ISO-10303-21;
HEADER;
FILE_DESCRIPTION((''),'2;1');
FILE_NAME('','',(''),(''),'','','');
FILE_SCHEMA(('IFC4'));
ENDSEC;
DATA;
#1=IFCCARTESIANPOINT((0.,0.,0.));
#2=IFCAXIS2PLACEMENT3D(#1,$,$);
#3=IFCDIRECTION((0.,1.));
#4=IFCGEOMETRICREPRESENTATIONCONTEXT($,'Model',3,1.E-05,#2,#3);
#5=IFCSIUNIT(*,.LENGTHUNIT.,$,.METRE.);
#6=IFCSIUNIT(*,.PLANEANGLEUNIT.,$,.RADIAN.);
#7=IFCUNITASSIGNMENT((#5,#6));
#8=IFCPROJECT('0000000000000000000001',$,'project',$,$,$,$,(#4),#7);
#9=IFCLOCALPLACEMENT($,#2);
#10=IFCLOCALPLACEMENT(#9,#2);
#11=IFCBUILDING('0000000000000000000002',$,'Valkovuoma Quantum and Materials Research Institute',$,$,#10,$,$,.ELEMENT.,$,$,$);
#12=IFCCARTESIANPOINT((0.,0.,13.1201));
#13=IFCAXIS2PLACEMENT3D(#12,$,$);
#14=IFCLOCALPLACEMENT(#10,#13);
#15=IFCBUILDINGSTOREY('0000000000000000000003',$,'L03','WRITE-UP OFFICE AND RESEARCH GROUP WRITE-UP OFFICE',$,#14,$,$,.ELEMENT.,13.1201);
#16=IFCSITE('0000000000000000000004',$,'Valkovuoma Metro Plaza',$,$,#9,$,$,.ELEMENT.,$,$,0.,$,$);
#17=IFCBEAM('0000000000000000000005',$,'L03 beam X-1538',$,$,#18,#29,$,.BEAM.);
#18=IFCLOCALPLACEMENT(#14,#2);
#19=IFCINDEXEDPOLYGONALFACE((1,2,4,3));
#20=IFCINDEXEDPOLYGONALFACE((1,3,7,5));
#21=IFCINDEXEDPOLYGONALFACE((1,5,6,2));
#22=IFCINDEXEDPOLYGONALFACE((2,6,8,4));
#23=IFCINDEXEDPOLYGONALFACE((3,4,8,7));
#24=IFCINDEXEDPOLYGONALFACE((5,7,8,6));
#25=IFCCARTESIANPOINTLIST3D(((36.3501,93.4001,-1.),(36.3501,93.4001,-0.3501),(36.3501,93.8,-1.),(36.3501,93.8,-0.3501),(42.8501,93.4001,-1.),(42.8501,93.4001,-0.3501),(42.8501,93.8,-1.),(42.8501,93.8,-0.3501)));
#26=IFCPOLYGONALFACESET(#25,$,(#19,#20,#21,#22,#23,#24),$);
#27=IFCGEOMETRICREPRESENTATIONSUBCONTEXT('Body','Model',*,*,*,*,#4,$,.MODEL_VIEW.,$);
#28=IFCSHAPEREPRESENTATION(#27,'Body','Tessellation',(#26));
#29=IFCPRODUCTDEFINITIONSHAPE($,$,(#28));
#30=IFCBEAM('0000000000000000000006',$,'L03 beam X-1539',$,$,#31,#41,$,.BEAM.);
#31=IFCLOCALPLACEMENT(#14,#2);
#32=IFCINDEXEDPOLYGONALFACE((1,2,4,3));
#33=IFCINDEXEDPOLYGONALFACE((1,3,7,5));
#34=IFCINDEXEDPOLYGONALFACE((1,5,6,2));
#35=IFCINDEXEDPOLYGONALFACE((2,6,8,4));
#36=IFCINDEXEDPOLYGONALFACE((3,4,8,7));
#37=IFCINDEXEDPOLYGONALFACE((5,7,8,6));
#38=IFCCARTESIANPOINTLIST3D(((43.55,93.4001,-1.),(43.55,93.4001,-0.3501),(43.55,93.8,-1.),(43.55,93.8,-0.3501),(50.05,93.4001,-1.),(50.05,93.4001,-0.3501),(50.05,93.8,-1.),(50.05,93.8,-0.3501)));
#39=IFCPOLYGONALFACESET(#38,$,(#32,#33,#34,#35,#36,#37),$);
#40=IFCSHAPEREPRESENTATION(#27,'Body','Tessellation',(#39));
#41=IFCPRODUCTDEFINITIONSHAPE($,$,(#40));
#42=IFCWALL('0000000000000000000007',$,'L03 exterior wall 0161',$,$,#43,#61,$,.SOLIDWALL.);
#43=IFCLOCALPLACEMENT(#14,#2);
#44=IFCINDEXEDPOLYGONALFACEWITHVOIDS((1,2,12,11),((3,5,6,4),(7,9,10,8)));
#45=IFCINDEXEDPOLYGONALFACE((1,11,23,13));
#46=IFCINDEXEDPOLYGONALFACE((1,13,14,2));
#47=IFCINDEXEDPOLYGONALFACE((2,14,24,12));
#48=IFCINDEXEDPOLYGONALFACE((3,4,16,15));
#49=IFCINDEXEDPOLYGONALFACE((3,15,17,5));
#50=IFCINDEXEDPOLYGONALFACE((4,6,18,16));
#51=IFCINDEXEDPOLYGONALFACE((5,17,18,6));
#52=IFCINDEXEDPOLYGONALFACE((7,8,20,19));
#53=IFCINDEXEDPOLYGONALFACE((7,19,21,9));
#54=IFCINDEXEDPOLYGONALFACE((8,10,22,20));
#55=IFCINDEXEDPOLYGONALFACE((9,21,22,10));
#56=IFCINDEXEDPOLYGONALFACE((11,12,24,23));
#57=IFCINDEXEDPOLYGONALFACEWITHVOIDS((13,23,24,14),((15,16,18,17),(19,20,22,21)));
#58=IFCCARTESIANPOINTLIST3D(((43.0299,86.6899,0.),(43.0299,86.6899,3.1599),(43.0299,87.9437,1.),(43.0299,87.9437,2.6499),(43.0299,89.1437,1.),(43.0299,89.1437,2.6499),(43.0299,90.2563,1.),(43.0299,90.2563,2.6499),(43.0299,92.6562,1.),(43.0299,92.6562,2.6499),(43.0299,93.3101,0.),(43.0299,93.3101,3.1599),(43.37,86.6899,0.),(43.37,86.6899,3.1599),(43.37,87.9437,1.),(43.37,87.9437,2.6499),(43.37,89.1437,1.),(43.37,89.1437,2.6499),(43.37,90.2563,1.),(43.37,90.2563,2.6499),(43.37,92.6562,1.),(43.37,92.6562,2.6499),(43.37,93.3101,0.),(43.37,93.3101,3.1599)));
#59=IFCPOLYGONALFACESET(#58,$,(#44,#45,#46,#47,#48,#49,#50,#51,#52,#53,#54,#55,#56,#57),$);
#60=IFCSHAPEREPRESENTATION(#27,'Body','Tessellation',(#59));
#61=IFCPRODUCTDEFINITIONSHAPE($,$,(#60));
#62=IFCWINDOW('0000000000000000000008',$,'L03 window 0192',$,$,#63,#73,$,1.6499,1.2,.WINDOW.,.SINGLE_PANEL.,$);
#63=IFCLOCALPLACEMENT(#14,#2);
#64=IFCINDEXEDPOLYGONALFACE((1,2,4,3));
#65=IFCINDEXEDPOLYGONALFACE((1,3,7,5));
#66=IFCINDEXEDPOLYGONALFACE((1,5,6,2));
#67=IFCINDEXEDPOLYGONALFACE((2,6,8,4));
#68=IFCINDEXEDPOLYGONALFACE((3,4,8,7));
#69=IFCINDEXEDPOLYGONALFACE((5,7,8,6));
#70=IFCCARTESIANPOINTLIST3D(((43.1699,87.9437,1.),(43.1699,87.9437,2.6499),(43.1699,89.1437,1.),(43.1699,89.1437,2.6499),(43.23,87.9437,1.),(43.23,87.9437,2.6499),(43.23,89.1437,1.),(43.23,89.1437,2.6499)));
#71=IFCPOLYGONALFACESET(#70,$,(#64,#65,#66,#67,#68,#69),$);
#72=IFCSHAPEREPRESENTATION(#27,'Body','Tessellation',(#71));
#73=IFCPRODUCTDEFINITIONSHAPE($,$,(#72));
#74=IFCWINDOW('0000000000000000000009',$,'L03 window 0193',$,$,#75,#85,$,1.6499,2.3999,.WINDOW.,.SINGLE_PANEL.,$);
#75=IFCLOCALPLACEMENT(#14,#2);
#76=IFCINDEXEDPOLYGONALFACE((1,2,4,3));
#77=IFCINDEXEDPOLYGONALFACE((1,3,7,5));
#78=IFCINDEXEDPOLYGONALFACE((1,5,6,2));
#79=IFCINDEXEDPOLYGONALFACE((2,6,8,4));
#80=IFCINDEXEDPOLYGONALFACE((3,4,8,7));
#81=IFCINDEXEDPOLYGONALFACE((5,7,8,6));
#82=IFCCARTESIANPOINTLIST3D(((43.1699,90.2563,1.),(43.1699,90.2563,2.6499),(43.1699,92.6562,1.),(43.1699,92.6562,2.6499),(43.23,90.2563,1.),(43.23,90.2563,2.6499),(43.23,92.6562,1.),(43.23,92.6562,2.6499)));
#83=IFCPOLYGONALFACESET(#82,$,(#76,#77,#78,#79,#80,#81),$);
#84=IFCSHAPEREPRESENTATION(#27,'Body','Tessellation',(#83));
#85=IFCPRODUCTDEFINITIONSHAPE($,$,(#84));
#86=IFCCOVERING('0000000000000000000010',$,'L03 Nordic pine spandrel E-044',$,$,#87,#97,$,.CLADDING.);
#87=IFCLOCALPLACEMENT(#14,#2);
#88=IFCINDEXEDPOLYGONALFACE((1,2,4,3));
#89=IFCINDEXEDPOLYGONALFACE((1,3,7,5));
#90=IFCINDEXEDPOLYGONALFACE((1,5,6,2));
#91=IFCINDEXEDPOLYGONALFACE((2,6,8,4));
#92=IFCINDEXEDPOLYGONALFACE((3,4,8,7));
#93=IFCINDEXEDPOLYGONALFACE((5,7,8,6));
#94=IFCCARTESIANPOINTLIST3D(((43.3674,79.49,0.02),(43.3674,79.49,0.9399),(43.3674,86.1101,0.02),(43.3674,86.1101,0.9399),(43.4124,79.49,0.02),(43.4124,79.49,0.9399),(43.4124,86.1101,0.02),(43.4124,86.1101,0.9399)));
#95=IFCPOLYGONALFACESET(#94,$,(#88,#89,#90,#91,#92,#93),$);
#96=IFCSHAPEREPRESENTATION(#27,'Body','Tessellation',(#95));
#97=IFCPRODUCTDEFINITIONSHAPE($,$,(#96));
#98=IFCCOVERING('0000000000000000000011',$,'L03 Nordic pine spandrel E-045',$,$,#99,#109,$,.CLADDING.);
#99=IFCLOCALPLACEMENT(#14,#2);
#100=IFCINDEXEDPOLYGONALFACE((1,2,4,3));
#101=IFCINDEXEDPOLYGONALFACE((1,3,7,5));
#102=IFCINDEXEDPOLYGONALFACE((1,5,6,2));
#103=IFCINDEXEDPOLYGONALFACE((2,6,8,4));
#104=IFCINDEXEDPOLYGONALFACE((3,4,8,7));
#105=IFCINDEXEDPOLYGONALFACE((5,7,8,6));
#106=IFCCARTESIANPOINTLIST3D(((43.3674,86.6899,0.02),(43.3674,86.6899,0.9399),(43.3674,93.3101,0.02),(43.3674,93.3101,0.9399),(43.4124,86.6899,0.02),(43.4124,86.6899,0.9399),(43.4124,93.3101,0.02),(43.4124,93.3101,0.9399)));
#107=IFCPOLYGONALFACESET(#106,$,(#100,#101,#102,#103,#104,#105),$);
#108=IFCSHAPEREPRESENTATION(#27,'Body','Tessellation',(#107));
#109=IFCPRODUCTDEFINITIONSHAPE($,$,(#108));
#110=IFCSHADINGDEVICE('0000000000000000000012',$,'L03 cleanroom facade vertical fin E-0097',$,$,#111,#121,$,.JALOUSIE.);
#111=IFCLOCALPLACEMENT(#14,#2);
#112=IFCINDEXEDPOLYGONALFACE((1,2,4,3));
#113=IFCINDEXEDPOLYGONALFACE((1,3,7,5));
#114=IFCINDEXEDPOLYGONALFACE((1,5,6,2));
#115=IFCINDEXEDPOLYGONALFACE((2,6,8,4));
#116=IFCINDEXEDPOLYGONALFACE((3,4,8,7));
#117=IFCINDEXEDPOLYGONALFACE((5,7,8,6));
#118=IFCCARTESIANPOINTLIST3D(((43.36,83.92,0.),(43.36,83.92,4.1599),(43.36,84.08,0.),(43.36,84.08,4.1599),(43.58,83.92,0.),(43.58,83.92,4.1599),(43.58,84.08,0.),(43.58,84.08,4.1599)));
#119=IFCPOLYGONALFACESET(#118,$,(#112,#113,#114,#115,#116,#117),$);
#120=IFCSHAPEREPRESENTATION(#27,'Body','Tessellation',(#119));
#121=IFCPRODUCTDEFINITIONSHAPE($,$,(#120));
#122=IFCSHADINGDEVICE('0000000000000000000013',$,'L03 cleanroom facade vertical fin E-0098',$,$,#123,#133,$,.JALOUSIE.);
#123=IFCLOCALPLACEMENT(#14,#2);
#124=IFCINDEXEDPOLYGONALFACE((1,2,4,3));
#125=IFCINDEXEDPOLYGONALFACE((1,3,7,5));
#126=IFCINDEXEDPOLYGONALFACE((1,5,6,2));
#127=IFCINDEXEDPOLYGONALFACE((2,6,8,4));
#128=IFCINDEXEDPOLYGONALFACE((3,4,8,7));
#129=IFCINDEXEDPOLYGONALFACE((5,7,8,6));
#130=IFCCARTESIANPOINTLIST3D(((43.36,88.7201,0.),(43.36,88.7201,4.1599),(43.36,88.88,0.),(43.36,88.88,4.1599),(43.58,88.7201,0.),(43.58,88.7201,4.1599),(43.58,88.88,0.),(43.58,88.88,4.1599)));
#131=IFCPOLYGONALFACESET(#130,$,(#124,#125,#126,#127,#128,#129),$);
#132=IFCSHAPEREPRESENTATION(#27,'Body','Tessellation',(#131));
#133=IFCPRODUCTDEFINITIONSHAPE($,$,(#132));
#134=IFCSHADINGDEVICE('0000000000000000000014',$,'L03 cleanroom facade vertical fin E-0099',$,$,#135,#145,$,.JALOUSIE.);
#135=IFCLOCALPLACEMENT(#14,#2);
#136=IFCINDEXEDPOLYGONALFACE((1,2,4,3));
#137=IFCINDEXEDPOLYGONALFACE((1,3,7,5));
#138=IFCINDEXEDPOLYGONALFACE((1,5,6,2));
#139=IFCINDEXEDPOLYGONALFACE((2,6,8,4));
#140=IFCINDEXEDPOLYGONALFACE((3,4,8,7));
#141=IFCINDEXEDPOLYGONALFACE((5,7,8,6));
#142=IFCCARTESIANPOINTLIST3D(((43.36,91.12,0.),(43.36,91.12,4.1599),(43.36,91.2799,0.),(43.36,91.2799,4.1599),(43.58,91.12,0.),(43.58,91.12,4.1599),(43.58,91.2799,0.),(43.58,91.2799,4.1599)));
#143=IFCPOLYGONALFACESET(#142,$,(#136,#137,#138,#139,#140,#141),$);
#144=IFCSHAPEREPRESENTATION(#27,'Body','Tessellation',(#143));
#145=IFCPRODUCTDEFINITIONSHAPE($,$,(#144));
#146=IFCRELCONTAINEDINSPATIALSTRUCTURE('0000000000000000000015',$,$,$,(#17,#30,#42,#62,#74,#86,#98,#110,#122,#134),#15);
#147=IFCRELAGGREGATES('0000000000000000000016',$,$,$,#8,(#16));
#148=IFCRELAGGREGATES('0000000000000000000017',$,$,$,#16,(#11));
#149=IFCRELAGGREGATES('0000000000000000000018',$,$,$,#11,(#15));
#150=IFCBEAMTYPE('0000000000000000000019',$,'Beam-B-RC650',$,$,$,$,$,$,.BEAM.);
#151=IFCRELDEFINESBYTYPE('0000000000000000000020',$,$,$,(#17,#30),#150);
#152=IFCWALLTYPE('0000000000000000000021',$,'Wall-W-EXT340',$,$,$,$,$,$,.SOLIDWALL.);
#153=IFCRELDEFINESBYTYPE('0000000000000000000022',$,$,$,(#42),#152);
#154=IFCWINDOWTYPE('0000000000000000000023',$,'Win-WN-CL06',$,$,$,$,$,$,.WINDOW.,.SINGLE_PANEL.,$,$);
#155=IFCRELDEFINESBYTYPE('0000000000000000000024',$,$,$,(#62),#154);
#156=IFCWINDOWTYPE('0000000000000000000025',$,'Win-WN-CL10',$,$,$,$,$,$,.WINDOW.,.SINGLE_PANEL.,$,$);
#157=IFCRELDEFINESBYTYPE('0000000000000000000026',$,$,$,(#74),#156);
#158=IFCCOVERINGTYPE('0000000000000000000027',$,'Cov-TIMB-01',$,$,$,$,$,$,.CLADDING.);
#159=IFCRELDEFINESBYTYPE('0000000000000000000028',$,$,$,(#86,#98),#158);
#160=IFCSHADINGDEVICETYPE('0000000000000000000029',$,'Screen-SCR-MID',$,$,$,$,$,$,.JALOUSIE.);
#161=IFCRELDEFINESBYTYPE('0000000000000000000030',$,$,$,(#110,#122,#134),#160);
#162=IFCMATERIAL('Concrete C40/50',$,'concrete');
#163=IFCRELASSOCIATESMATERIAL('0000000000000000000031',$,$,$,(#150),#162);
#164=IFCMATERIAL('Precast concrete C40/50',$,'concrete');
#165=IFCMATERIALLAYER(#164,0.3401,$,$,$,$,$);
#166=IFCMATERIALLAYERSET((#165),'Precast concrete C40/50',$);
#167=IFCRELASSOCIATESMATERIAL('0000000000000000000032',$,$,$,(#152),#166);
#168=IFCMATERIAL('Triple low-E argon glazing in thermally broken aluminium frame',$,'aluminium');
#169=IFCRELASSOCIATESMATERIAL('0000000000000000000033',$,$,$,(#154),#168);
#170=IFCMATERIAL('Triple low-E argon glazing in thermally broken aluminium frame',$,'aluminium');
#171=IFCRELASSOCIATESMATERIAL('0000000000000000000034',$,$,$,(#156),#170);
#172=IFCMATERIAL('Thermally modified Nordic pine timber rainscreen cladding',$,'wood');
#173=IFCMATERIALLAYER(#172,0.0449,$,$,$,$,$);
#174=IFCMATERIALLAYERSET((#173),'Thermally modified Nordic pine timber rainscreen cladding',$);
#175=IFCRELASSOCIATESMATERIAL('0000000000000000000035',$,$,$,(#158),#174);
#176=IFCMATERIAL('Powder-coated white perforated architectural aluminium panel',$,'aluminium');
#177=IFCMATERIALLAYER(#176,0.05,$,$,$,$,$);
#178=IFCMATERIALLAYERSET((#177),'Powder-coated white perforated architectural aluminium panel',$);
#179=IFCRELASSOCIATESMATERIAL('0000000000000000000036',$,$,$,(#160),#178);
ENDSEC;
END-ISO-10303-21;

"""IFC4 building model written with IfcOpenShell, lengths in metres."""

from ifc_helpers import new_model, si_unit, direction, frame, frame_2d, origin, origin_2d, place, context, subcontext, project, spatial, rectangle, extrude, material, layer, layer_set, material_profile, profile_set, type_object, element, fill, save


model = new_model("IFC4")

# Units and contexts
model_context = context("Model", 3, precision=1e-05, world=origin(), true_north=direction((0.0, 1.0)))
body_context = subcontext(model_context, "Body", "Model", "MODEL_VIEW")
ifc_project = project(units=[si_unit("LENGTHUNIT", "METRE"), si_unit("PLANEANGLEUNIT", "RADIAN")], contexts=[model_context])

# Site, building, storey
site_placement = place(None, origin())
site = spatial("IfcSite", under=ifc_project, at=site_placement, Name="Valkovuoma Metro Plaza", CompositionType="ELEMENT", RefElevation=0.0)
building_placement = place(site_placement, origin())
building = spatial("IfcBuilding", under=site, at=building_placement, Name="Valkovuoma Quantum and Materials Research Institute", CompositionType="ELEMENT")
storey_placement = place(building_placement, frame((0.0, 0.0, 13.1201)))
storey = spatial("IfcBuildingStorey", under=building, at=storey_placement, Name="L03", Description="WRITE-UP OFFICE AND RESEARCH GROUP WRITE-UP OFFICE", CompositionType="ELEMENT", Elevation=13.1201)

# Beams
ifc_material_1 = material(Name="Concrete C40/50", Category="concrete")
ifc_material_profile_1 = material_profile(ifc_material_1, rectangle(XDim=0.3999, YDim=0.6499, at=origin_2d()), Name="Concrete C40/50")
ifc_profile_set_1 = profile_set([ifc_material_profile_1], Name="Concrete C40/50")
beam_type_1 = type_object("IfcBeamType", Name="Beam-B-RC650", PredefinedType="BEAM", material=ifc_profile_set_1)
for number, where, z_axis, x_axis, name in (
    (1, (36.3501, 93.6001, -0.675), (1.0, 0.0, 0.0), (0.0, 1.0, 0.0), "L03 beam X-1538"),
    (2, (43.55, 93.6001, -0.675), (1.0, 0.0, 0.0), (0.0, 1.0, 0.0), "L03 beam X-1539"),
):
    element("IfcBeam", number, at=place(storey_placement, frame(where, z_axis=z_axis, x_axis=x_axis)), inside=storey, type_object=beam_type_1, Name=name, PredefinedType="BEAM", context=body_context, shape_type="SweptSolid", body=[
        extrude(rectangle(XDim=0.3999, YDim=0.6499, at=origin_2d()), origin(), (0.0, 0.0, 1.0), 6.5),
    ])

# Wall, openings, windows
ifc_material_2 = material(Name="Precast concrete C40/50", Category="concrete")
ifc_layer_1 = layer(ifc_material_2, 0.3401)
ifc_layer_set_1 = layer_set([ifc_layer_1], Name="Precast concrete C40/50")
wall_type = type_object("IfcWallType", Name="Wall-W-EXT340", PredefinedType="SOLIDWALL", material=ifc_layer_set_1)
wall_placement = place(storey_placement, frame((43.2, 86.6899, 0.0), z_axis=(0.0, 0.0, 1.0), x_axis=(0.0, 1.0, 0.0)))
wall = element("IfcWall", 3, at=wall_placement, inside=storey, type_object=wall_type, Name="L03 exterior wall 0161", PredefinedType="SOLIDWALL", context=body_context, shape_type="SweptSolid", body=[
    extrude(rectangle(XDim=6.6201, YDim=0.3401, at=frame_2d((3.3101, 0.0))), origin(), (0.0, 0.0, 1.0), 3.1599),
])
opening_1_placement = place(wall_placement, frame((1.2537, 0.0, 1.0)))
opening_1 = element("IfcOpeningElement", 4, at=opening_1_placement, cuts=wall, PredefinedType="OPENING", context=body_context, shape_type="SweptSolid", body=[
    extrude(rectangle(XDim=1.2, YDim=1.6499, at=frame_2d((0.6001, 0.825))), frame((0.0, 0.1802, 0.0), z_axis=(0.0, -1.0, 0.0), x_axis=(1.0, 0.0, 0.0)), (0.0, 0.0, 1.0), 0.3601),
])
opening_2_placement = place(wall_placement, frame((3.5664, 0.0, 1.0)))
opening_2 = element("IfcOpeningElement", 5, at=opening_2_placement, cuts=wall, PredefinedType="OPENING", context=body_context, shape_type="SweptSolid", body=[
    extrude(rectangle(XDim=2.3999, YDim=1.6499, at=frame_2d((1.2, 0.825))), frame((0.0, 0.1802, 0.0), z_axis=(0.0, -1.0, 0.0), x_axis=(1.0, 0.0, 0.0)), (0.0, 0.0, 1.0), 0.3601),
])
ifc_material_3 = material(Name="Triple low-E argon glazing in thermally broken aluminium frame", Category="aluminium")
window_type_1 = type_object("IfcWindowType", Name="Win-WN-CL06", PartitioningType="SINGLE_PANEL", PredefinedType="WINDOW", material=ifc_material_3)
window_1_placement = place(opening_1_placement, origin())
window_1 = element("IfcWindow", 6, at=window_1_placement, inside=storey, type_object=window_type_1, Name="L03 window 0192", OverallHeight=1.6499, OverallWidth=1.2, PartitioningType="SINGLE_PANEL", PredefinedType="WINDOW", context=body_context, shape_type="SweptSolid", body=[
    extrude(rectangle(XDim=1.2, YDim=1.6499, at=frame_2d((0.6001, 0.825))), frame((0.0, 0.03, 0.0), z_axis=(0.0, -1.0, 0.0), x_axis=(1.0, 0.0, 0.0)), (0.0, 0.0, 1.0), 0.0601),
])
fill(opening_1, window_1)
ifc_material_4 = material(Name="Triple low-E argon glazing in thermally broken aluminium frame", Category="aluminium")
window_type_2 = type_object("IfcWindowType", Name="Win-WN-CL10", PartitioningType="SINGLE_PANEL", PredefinedType="WINDOW", material=ifc_material_4)
window_2_placement = place(opening_2_placement, origin())
window_2 = element("IfcWindow", 7, at=window_2_placement, inside=storey, type_object=window_type_2, Name="L03 window 0193", OverallHeight=1.6499, OverallWidth=2.3999, PartitioningType="SINGLE_PANEL", PredefinedType="WINDOW", context=body_context, shape_type="SweptSolid", body=[
    extrude(rectangle(XDim=2.3999, YDim=1.6499, at=frame_2d((1.2, 0.825))), frame((0.0, 0.03, 0.0), z_axis=(0.0, -1.0, 0.0), x_axis=(1.0, 0.0, 0.0)), (0.0, 0.0, 1.0), 0.0601),
])
fill(opening_2, window_2)

# Coverings
ifc_material_5 = material(Name="Thermally modified Nordic pine timber rainscreen cladding", Category="wood")
ifc_layer_2 = layer(ifc_material_5, 0.0449)
ifc_layer_set_2 = layer_set([ifc_layer_2], Name="Thermally modified Nordic pine timber rainscreen cladding")
covering_type = type_object("IfcCoveringType", Name="Cov-TIMB-01", PredefinedType="CLADDING", material=ifc_layer_set_2)
for number, where, z_axis, x_axis, name in (
    (8, (43.3899, 82.8, 0.02), (0.0, 0.0, 1.0), (1.0, 0.0, 0.0), "L03 Nordic pine spandrel E-044"),
    (9, (43.3899, 90.0, 0.02), (0.0, 0.0, 1.0), (1.0, 0.0, 0.0), "L03 Nordic pine spandrel E-045"),
):
    element("IfcCovering", number, at=place(storey_placement, frame(where, z_axis=z_axis, x_axis=x_axis)), inside=storey, type_object=covering_type, Name=name, PredefinedType="CLADDING", context=body_context, shape_type="SweptSolid", body=[
        extrude(rectangle(XDim=0.0449, YDim=6.6201, at=origin_2d()), origin(), (0.0, 0.0, 1.0), 0.9199),
    ])

# Shading devices
ifc_material_6 = material(Name="Powder-coated white perforated architectural aluminium panel", Category="aluminium")
ifc_layer_3 = layer(ifc_material_6, 0.05)
ifc_layer_set_3 = layer_set([ifc_layer_3], Name="Powder-coated white perforated architectural aluminium panel")
shading_device_type = type_object("IfcShadingDeviceType", Name="Screen-SCR-MID", PredefinedType="JALOUSIE", material=ifc_layer_set_3)
for number, where, z_axis, x_axis, name in (
    (10, (43.47, 84.0, 0.0), (0.0, 0.0, 1.0), (1.0, 0.0, 0.0), "L03 cleanroom facade vertical fin E-0097"),
    (11, (43.47, 88.8, 0.0), (0.0, 0.0, 1.0), (1.0, 0.0, 0.0), "L03 cleanroom facade vertical fin E-0098"),
    (12, (43.47, 91.2, 0.0), (0.0, 0.0, 1.0), (1.0, 0.0, 0.0), "L03 cleanroom facade vertical fin E-0099"),
):
    element("IfcShadingDevice", number, at=place(storey_placement, frame(where, z_axis=z_axis, x_axis=x_axis)), inside=storey, type_object=shading_device_type, Name=name, PredefinedType="JALOUSIE", context=body_context, shape_type="SweptSolid", body=[
        extrude(rectangle(XDim=0.22, YDim=0.1599, at=origin_2d()), origin(), (0.0, 0.0, 1.0), 4.1599),
    ])

save(model, "model.ifc")
